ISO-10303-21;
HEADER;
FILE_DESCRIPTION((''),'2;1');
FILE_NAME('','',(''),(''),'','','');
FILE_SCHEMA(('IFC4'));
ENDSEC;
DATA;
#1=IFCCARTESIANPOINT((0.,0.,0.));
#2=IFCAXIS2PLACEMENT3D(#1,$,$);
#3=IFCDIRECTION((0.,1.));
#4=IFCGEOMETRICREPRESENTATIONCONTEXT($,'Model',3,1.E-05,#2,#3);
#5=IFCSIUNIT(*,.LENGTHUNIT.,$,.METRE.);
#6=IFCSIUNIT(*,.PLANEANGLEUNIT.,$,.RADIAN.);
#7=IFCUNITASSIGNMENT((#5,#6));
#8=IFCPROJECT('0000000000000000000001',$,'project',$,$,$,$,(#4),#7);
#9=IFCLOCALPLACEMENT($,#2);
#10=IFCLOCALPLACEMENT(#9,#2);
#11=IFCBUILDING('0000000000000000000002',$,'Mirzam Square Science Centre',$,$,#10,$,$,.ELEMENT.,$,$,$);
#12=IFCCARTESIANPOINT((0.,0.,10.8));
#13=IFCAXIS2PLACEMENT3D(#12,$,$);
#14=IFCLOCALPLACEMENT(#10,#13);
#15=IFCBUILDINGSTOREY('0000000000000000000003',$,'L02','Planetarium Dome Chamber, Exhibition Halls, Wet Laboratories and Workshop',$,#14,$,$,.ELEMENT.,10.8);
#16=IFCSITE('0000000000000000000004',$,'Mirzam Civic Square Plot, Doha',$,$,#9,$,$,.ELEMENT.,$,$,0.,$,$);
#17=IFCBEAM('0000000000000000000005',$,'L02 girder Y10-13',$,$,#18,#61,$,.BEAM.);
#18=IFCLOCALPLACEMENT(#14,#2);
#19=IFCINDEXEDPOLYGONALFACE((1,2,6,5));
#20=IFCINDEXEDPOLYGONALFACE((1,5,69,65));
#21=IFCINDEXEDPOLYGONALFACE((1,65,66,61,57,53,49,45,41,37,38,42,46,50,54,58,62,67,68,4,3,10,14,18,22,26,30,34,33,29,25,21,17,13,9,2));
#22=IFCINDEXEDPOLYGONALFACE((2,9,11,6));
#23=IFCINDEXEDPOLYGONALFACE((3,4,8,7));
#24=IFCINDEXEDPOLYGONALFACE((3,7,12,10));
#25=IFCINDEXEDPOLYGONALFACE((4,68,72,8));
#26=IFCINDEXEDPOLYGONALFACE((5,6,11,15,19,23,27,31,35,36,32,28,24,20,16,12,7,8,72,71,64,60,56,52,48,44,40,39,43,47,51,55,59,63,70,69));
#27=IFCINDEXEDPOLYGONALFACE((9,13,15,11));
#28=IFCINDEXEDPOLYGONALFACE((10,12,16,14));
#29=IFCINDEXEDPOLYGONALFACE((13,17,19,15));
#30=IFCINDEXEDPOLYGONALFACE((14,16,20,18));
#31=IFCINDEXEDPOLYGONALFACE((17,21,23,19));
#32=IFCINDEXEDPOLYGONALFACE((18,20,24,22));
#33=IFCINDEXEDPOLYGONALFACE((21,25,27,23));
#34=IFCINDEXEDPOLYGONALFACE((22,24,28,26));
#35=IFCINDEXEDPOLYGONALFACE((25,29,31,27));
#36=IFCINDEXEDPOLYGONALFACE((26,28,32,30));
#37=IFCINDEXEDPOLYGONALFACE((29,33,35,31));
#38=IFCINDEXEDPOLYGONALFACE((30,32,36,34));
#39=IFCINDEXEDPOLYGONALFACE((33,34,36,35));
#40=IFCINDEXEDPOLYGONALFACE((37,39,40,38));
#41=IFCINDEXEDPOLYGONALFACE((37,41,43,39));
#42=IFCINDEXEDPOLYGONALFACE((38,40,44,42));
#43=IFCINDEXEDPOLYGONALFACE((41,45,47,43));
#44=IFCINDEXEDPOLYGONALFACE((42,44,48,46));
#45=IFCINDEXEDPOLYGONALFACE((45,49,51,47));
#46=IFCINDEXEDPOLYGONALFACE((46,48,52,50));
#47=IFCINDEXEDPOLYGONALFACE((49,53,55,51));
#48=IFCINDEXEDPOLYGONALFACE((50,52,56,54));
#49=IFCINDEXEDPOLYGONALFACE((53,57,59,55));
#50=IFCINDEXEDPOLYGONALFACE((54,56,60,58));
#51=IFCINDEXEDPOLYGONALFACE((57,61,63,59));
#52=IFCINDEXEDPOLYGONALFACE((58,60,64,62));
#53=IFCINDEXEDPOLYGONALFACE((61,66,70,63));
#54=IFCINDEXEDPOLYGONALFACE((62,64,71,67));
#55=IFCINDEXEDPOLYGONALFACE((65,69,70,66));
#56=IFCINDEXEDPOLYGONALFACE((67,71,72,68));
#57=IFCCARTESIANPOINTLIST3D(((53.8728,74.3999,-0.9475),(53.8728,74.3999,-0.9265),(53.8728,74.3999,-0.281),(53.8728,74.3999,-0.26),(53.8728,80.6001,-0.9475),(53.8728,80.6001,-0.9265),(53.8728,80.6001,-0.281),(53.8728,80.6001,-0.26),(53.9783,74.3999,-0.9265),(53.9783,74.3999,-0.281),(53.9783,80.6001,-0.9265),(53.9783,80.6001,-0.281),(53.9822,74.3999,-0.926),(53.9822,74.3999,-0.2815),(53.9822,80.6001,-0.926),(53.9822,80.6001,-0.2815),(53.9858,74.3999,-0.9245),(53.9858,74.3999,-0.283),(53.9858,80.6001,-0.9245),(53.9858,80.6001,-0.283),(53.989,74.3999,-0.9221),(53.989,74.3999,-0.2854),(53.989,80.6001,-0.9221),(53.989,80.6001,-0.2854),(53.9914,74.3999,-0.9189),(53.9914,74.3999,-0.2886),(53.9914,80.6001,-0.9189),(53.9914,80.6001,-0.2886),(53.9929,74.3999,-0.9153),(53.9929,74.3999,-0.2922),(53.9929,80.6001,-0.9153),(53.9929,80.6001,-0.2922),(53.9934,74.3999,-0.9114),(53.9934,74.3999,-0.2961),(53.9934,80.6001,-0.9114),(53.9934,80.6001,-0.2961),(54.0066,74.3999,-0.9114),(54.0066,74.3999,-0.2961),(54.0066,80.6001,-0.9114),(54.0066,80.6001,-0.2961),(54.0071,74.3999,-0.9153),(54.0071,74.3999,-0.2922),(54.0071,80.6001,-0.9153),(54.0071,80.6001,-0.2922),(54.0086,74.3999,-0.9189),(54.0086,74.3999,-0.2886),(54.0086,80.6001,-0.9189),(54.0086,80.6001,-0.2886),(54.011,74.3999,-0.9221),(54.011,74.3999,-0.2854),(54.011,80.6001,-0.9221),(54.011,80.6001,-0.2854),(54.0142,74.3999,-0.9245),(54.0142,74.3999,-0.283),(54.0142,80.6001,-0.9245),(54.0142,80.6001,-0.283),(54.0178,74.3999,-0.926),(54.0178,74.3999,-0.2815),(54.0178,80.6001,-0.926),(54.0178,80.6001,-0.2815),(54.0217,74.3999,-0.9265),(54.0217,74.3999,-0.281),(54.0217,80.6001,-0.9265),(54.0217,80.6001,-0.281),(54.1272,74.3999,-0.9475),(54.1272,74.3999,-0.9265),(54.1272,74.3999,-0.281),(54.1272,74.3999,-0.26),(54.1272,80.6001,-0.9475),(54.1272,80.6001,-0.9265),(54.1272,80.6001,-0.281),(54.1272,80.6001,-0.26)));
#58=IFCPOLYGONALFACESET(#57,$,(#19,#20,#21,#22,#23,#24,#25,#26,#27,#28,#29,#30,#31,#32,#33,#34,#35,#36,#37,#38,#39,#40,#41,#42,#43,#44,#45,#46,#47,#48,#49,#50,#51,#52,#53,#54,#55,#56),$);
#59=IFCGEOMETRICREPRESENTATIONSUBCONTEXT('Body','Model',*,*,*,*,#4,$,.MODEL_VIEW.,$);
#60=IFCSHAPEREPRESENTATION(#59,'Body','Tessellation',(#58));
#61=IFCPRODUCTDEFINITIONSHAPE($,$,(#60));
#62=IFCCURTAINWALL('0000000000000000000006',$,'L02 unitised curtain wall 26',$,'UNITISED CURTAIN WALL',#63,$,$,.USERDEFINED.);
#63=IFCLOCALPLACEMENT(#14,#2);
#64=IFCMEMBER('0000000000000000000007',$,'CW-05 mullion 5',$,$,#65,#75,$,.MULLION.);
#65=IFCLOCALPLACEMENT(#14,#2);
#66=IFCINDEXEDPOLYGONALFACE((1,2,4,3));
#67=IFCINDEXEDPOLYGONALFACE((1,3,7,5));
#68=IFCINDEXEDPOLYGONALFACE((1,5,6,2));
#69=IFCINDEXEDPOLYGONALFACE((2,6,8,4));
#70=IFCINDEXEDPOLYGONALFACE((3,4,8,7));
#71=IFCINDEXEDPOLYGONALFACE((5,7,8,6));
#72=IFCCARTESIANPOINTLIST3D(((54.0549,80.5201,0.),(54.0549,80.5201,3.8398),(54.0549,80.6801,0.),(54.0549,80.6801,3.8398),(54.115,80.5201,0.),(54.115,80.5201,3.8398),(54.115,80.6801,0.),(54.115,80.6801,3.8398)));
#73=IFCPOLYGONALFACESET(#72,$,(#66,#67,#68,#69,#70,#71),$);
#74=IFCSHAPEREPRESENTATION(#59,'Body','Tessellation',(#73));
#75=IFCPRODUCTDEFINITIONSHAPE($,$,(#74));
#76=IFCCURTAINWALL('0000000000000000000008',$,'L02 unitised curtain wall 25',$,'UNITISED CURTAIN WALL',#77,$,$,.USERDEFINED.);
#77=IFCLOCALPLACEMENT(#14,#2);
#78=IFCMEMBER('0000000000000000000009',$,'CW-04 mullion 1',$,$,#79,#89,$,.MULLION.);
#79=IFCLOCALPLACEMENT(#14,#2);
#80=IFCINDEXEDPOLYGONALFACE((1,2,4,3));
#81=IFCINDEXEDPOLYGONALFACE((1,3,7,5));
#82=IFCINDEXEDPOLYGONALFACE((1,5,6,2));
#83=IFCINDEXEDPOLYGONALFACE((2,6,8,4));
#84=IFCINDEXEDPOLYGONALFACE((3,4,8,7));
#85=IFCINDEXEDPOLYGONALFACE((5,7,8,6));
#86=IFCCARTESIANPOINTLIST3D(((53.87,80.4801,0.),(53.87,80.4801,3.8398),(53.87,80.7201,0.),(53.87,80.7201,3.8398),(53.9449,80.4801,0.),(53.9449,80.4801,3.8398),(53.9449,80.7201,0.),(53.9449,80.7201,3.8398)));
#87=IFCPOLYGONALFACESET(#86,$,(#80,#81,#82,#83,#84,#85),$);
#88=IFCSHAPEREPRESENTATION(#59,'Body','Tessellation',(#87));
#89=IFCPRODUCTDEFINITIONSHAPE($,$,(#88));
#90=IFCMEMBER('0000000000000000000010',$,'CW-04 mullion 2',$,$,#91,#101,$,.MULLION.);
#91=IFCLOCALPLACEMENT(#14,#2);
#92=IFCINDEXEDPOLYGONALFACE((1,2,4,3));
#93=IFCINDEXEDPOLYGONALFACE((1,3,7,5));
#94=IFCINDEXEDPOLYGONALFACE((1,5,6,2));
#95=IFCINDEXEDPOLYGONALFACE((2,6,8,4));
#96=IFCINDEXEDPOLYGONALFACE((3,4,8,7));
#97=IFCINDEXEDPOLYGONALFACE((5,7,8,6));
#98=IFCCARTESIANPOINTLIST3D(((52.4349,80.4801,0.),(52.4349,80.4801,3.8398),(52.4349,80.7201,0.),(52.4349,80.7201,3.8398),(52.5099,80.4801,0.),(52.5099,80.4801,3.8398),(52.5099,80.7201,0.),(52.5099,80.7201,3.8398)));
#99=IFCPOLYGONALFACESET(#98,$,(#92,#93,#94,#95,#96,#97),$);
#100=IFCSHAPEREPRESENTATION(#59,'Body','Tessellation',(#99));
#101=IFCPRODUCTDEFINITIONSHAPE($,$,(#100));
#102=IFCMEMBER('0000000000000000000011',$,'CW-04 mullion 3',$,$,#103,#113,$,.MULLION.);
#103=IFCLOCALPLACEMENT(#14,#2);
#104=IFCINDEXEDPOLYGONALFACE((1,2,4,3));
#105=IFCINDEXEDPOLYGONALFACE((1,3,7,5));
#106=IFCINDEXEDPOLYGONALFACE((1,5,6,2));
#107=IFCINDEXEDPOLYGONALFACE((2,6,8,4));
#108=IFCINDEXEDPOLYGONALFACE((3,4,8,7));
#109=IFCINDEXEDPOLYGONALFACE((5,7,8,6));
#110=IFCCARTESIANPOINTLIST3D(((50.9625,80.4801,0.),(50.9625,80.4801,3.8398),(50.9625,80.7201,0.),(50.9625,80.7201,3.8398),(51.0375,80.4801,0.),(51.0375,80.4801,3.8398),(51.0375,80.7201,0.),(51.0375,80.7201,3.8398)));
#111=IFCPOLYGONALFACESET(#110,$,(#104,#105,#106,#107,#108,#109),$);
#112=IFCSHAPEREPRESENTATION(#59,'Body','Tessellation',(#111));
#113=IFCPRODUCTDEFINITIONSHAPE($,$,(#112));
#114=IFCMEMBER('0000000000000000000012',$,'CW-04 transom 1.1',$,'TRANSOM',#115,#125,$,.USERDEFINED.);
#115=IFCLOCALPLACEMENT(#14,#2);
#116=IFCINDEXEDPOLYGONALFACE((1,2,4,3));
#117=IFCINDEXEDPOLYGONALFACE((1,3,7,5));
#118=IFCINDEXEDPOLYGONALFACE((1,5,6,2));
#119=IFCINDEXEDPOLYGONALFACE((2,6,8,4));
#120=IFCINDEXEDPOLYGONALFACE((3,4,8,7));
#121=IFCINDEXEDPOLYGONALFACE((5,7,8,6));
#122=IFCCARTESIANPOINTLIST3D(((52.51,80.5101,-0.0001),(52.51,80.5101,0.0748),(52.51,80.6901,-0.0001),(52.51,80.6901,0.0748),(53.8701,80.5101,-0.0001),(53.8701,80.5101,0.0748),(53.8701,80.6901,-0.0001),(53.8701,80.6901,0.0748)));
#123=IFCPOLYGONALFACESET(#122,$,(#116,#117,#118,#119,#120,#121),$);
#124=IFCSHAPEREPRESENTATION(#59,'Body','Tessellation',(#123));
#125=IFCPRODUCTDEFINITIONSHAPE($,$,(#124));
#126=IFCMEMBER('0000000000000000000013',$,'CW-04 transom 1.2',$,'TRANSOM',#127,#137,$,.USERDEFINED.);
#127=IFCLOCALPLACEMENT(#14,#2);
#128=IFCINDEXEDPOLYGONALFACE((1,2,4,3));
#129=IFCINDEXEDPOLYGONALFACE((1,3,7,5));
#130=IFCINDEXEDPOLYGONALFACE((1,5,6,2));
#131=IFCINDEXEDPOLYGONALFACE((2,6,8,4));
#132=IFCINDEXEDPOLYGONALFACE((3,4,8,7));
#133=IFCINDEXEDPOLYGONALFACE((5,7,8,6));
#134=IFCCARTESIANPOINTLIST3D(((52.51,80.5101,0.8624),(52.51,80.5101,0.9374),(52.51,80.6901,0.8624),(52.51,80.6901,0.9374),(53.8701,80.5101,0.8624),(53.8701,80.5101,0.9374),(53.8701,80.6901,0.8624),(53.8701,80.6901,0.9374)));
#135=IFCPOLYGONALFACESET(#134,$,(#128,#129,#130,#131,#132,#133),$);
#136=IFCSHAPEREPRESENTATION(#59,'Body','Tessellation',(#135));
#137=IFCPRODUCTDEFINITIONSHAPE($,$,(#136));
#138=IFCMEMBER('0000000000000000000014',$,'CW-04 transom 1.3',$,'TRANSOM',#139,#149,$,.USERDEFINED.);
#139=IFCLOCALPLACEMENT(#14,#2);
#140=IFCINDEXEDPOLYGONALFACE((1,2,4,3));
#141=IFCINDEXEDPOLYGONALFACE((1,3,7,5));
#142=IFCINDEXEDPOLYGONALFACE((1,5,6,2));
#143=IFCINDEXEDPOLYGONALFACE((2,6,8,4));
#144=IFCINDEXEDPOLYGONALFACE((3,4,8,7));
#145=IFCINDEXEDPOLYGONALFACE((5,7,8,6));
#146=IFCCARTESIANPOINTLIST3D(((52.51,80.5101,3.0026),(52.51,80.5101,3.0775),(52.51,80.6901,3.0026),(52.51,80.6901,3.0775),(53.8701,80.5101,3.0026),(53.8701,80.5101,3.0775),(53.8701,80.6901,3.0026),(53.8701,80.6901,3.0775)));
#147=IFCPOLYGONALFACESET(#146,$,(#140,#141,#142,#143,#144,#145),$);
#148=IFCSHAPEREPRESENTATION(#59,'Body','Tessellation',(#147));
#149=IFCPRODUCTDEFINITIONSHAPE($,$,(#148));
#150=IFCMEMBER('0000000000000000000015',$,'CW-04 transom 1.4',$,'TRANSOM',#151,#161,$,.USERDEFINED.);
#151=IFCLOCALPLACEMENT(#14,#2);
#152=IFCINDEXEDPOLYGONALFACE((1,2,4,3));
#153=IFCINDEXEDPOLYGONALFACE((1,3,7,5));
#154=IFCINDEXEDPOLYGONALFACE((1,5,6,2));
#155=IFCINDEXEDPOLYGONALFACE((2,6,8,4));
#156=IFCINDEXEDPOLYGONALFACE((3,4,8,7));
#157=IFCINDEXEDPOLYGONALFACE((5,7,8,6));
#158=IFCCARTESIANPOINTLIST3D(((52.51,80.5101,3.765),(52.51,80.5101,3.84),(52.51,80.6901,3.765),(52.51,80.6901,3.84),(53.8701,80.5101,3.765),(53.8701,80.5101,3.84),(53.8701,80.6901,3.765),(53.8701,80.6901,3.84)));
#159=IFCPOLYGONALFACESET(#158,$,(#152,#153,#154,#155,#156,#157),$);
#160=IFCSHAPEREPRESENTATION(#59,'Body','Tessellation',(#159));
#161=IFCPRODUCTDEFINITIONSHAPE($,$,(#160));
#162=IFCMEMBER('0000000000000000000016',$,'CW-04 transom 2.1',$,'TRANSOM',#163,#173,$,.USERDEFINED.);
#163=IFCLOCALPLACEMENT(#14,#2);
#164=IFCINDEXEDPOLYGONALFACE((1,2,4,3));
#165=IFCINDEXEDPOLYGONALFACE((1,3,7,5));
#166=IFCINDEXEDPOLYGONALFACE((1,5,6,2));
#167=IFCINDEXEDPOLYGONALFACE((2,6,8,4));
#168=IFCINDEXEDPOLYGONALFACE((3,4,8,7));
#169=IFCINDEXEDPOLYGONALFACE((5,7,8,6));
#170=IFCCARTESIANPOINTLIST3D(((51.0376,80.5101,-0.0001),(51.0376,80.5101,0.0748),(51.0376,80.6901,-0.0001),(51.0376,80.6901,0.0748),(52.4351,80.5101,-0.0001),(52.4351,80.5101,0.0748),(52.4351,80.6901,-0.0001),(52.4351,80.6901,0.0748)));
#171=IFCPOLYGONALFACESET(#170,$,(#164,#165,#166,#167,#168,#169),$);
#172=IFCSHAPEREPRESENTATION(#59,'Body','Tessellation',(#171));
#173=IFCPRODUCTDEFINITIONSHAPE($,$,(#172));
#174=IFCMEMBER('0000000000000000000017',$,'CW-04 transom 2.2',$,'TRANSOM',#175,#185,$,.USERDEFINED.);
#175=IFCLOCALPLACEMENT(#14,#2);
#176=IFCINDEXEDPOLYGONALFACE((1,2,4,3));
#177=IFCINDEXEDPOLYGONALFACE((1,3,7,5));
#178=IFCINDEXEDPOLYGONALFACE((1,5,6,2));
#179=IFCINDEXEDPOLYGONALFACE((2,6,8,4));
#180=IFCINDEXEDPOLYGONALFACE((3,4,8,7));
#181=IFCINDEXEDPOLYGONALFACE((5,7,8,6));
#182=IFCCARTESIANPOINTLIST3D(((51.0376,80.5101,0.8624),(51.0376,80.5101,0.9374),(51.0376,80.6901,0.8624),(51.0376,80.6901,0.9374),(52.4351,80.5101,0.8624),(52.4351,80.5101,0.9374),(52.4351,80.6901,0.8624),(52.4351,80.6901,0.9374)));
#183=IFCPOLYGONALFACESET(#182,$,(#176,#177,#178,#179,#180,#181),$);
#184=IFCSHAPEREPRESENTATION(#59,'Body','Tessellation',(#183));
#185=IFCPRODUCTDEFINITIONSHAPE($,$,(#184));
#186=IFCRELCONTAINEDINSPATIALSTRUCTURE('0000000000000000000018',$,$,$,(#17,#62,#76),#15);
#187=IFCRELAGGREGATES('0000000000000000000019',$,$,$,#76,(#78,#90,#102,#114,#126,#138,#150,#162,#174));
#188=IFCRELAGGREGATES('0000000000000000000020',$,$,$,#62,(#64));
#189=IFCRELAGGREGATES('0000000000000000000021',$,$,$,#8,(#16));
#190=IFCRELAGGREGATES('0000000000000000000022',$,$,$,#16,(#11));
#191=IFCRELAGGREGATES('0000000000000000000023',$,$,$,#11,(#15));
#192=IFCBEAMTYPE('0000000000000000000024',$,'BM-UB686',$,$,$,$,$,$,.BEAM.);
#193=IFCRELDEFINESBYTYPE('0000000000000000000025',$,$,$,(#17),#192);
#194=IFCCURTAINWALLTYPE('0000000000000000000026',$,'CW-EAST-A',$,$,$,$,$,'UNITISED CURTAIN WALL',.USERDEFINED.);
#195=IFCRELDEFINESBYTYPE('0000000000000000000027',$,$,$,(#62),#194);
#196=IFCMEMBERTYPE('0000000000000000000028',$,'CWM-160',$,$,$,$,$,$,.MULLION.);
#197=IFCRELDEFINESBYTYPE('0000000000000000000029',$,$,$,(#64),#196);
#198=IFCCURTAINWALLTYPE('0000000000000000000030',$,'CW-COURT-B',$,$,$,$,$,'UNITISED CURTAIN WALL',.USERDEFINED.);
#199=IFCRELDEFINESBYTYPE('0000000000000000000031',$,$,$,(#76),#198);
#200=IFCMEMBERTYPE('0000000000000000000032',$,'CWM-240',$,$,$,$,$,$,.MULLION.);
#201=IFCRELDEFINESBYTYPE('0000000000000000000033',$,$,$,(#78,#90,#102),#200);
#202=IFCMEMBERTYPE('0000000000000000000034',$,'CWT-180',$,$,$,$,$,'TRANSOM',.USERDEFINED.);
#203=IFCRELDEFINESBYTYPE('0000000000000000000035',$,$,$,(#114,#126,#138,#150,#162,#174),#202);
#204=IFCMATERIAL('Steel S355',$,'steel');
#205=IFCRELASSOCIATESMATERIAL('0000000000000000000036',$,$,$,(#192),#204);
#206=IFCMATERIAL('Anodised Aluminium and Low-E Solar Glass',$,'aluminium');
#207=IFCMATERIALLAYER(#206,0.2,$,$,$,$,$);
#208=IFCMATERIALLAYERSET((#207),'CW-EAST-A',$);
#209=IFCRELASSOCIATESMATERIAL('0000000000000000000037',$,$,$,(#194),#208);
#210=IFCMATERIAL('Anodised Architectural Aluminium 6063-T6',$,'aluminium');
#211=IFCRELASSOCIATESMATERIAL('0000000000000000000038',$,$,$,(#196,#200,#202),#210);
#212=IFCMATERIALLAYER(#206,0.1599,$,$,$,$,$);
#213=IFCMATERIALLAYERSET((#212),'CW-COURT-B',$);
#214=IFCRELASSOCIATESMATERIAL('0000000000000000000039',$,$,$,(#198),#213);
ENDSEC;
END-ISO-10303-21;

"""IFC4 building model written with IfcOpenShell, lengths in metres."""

from ifc_helpers import new_model, si_unit, direction, frame, origin, origin_2d, place, context, subcontext, project, spatial, rectangle, i_section, extrude, material, layer, layer_set, material_profile, profile_set, type_object, element, aggregate, save


model = new_model("IFC4")

# Units and contexts
model_context = context("Model", 3, precision=1e-05, world=origin(), true_north=direction((0.0, 1.0)))
body_context = subcontext(model_context, "Body", "Model", "MODEL_VIEW")
ifc_project = project(units=[si_unit("LENGTHUNIT", "METRE"), si_unit("PLANEANGLEUNIT", "RADIAN")], contexts=[model_context])

# Site, building, storey
site_placement = place(None, origin())
site = spatial("IfcSite", under=ifc_project, at=site_placement, Name="Mirzam Civic Square Plot, Doha", CompositionType="ELEMENT", RefElevation=0.0)
building_placement = place(site_placement, origin())
building = spatial("IfcBuilding", under=site, at=building_placement, Name="Mirzam Square Science Centre", CompositionType="ELEMENT")
storey_placement = place(building_placement, frame((0.0, 0.0, 10.8)))
storey = spatial("IfcBuildingStorey", under=building, at=storey_placement, Name="L02", Description="Planetarium Dome Chamber, Exhibition Halls, Wet Laboratories and Workshop", CompositionType="ELEMENT", Elevation=10.8)

# Shared definitions
ifc_material_1 = material(Name="Steel S355", Category="steel")

# Beam
ifc_material_profile_1 = material_profile(ifc_material_1, i_section(OverallWidth=0.2544, OverallDepth=0.6875, WebThickness=0.0132, FlangeThickness=0.021, FilletRadius=0.0151, at=origin_2d()), Name="686x254x152UB")
ifc_profile_set_1 = profile_set([ifc_material_profile_1], Name="Steel S355")
beam_type_1 = type_object("IfcBeamType", Name="BM-UB686", PredefinedType="BEAM", material=ifc_profile_set_1)
beam_1_placement = place(storey_placement, frame((54.0, 74.3999, -0.6038), z_axis=(0.0, 1.0, 0.0), x_axis=(-1.0, 0.0, 0.0)))
element("IfcBeam", 1, at=beam_1_placement, inside=storey, type_object=beam_type_1, Name="L02 girder Y10-13", PredefinedType="BEAM", context=body_context, shape_type="SweptSolid", body=[
    extrude(i_section(OverallWidth=0.2544, OverallDepth=0.6875, WebThickness=0.0132, FlangeThickness=0.021, FilletRadius=0.0151, at=origin_2d()), origin(), (0.0, 0.0, 1.0), 6.2002),
])

# Curtain wall, member
ifc_material_2 = material(Name="Anodised Aluminium and Low-E Solar Glass", Category="aluminium")
ifc_layer_1 = layer(ifc_material_2, 0.2)
ifc_layer_set_1 = layer_set([ifc_layer_1], Name="CW-EAST-A")
curtain_wall_type_1 = type_object("IfcCurtainWallType", Name="CW-EAST-A", ElementType="UNITISED CURTAIN WALL", PredefinedType="USERDEFINED", material=ifc_layer_set_1)
curtain_wall_1_placement = place(storey_placement, origin())
curtain_wall_1 = element("IfcCurtainWall", 2, at=curtain_wall_1_placement, inside=storey, type_object=curtain_wall_type_1, Name="L02 unitised curtain wall 26", ObjectType="UNITISED CURTAIN WALL", PredefinedType="USERDEFINED")
ifc_material_3 = material(Name="Anodised Architectural Aluminium 6063-T6", Category="aluminium")
ifc_material_profile_2 = material_profile(ifc_material_3, rectangle(XDim=0.0601, YDim=0.1599, at=origin_2d()), Name="ALU-MULL-160x60x4")
ifc_profile_set_2 = profile_set([ifc_material_profile_2], Name="Anodised Architectural Aluminium 6063-T6")
member_type_1 = type_object("IfcMemberType", Name="CWM-160", PredefinedType="MULLION", material=ifc_profile_set_2)
member_1_placement = place(storey_placement, frame((54.085, 80.6001, 0.0), z_axis=(0.0, 0.0, 1.0), x_axis=(-1.0, 0.0, 0.0)))
member_1 = element("IfcMember", 3, at=member_1_placement, type_object=member_type_1, Name="CW-05 mullion 5", PredefinedType="MULLION", context=body_context, shape_type="SweptSolid", body=[
    extrude(rectangle(XDim=0.0601, YDim=0.1599, at=origin_2d()), origin(), (0.0, 0.0, 1.0), 3.8398),
])

# Curtain wall, members
ifc_layer_2 = layer(ifc_material_2, 0.1599)
ifc_layer_set_2 = layer_set([ifc_layer_2], Name="CW-COURT-B")
curtain_wall_type_2 = type_object("IfcCurtainWallType", Name="CW-COURT-B", ElementType="UNITISED CURTAIN WALL", PredefinedType="USERDEFINED", material=ifc_layer_set_2)
curtain_wall_2_placement = place(storey_placement, origin())
curtain_wall_2 = element("IfcCurtainWall", 4, at=curtain_wall_2_placement, inside=storey, type_object=curtain_wall_type_2, Name="L02 unitised curtain wall 25", ObjectType="UNITISED CURTAIN WALL", PredefinedType="USERDEFINED")
ifc_material_profile_3 = material_profile(ifc_material_3, rectangle(XDim=0.075, YDim=0.24, at=origin_2d()), Name="ALU-MULL-240x75x5")
ifc_profile_set_3 = profile_set([ifc_material_profile_3], Name="Anodised Architectural Aluminium 6063-T6")
member_type_2 = type_object("IfcMemberType", Name="CWM-240", PredefinedType="MULLION", material=ifc_profile_set_3)
member_2_placement = place(storey_placement, frame((53.9075, 80.6001, 0.0), z_axis=(0.0, 0.0, 1.0), x_axis=(-1.0, 0.0, 0.0)))
member_2 = element("IfcMember", 5, at=member_2_placement, type_object=member_type_2, Name="CW-04 mullion 1", PredefinedType="MULLION", context=body_context, shape_type="SweptSolid", body=[
    extrude(rectangle(XDim=0.075, YDim=0.24, at=origin_2d()), origin(), (0.0, 0.0, 1.0), 3.8398),
])
member_3_placement = place(storey_placement, frame((52.4724, 80.6001, 0.0), z_axis=(0.0, 0.0, 1.0), x_axis=(-1.0, 0.0, 0.0)))
member_3 = element("IfcMember", 6, at=member_3_placement, type_object=member_type_2, Name="CW-04 mullion 2", PredefinedType="MULLION", context=body_context, shape_type="SweptSolid", body=[
    extrude(rectangle(XDim=0.075, YDim=0.24, at=origin_2d()), origin(), (0.0, 0.0, 1.0), 3.8398),
])
member_4_placement = place(storey_placement, frame((51.0, 80.6001, 0.0), z_axis=(0.0, 0.0, 1.0), x_axis=(-1.0, 0.0, 0.0)))
member_4 = element("IfcMember", 7, at=member_4_placement, type_object=member_type_2, Name="CW-04 mullion 3", PredefinedType="MULLION", context=body_context, shape_type="SweptSolid", body=[
    extrude(rectangle(XDim=0.075, YDim=0.24, at=origin_2d()), origin(), (0.0, 0.0, 1.0), 3.8398),
])
ifc_material_profile_4 = material_profile(ifc_material_3, rectangle(XDim=0.1799, YDim=0.075, at=origin_2d()), Name="ALU-TRAN-180x75x5")
ifc_profile_set_4 = profile_set([ifc_material_profile_4], Name="Anodised Architectural Aluminium 6063-T6")
member_type_3 = type_object("IfcMemberType", Name="CWT-180", ElementType="TRANSOM", PredefinedType="USERDEFINED", material=ifc_profile_set_4)
member_5_placement = place(storey_placement, frame((53.8701, 80.6001, 0.0374), z_axis=(-1.0, 0.0, 0.0), x_axis=(0.0, -1.0, 0.0)))
member_5 = element("IfcMember", 8, at=member_5_placement, type_object=member_type_3, Name="CW-04 transom 1.1", ObjectType="TRANSOM", PredefinedType="USERDEFINED", context=body_context, shape_type="SweptSolid", body=[
    extrude(rectangle(XDim=0.1799, YDim=0.075, at=origin_2d()), origin(), (0.0, 0.0, 1.0), 1.3601),
])
member_6_placement = place(storey_placement, frame((53.8701, 80.6001, 0.8999), z_axis=(-1.0, 0.0, 0.0), x_axis=(0.0, -1.0, 0.0)))
member_6 = element("IfcMember", 9, at=member_6_placement, type_object=member_type_3, Name="CW-04 transom 1.2", ObjectType="TRANSOM", PredefinedType="USERDEFINED", context=body_context, shape_type="SweptSolid", body=[
    extrude(rectangle(XDim=0.1799, YDim=0.075, at=origin_2d()), origin(), (0.0, 0.0, 1.0), 1.3601),
])
member_7_placement = place(storey_placement, frame((53.8701, 80.6001, 3.04), z_axis=(-1.0, 0.0, 0.0), x_axis=(0.0, -1.0, 0.0)))
member_7 = element("IfcMember", 10, at=member_7_placement, type_object=member_type_3, Name="CW-04 transom 1.3", ObjectType="TRANSOM", PredefinedType="USERDEFINED", context=body_context, shape_type="SweptSolid", body=[
    extrude(rectangle(XDim=0.1799, YDim=0.075, at=origin_2d()), origin(), (0.0, 0.0, 1.0), 1.3601),
])
member_8_placement = place(storey_placement, frame((53.8701, 80.6001, 3.8025), z_axis=(-1.0, 0.0, 0.0), x_axis=(0.0, -1.0, 0.0)))
member_8 = element("IfcMember", 11, at=member_8_placement, type_object=member_type_3, Name="CW-04 transom 1.4", ObjectType="TRANSOM", PredefinedType="USERDEFINED", context=body_context, shape_type="SweptSolid", body=[
    extrude(rectangle(XDim=0.1799, YDim=0.075, at=origin_2d()), origin(), (0.0, 0.0, 1.0), 1.3601),
])
member_9_placement = place(storey_placement, frame((52.4351, 80.6001, 0.0374), z_axis=(-1.0, 0.0, 0.0), x_axis=(0.0, -1.0, 0.0)))
member_9 = element("IfcMember", 12, at=member_9_placement, type_object=member_type_3, Name="CW-04 transom 2.1", ObjectType="TRANSOM", PredefinedType="USERDEFINED", context=body_context, shape_type="SweptSolid", body=[
    extrude(rectangle(XDim=0.1799, YDim=0.075, at=origin_2d()), origin(), (0.0, 0.0, 1.0), 1.3975),
])
member_10_placement = place(storey_placement, frame((52.4351, 80.6001, 0.8999), z_axis=(-1.0, 0.0, 0.0), x_axis=(0.0, -1.0, 0.0)))
member_10 = element("IfcMember", 13, at=member_10_placement, type_object=member_type_3, Name="CW-04 transom 2.2", ObjectType="TRANSOM", PredefinedType="USERDEFINED", context=body_context, shape_type="SweptSolid", body=[
    extrude(rectangle(XDim=0.1799, YDim=0.075, at=origin_2d()), origin(), (0.0, 0.0, 1.0), 1.3975),
])

aggregate(curtain_wall_2, [member_2, member_3, member_4, member_5, member_6, member_7, member_8, member_9, member_10])
aggregate(curtain_wall_1, [member_1])

save(model, "model.ifc")
